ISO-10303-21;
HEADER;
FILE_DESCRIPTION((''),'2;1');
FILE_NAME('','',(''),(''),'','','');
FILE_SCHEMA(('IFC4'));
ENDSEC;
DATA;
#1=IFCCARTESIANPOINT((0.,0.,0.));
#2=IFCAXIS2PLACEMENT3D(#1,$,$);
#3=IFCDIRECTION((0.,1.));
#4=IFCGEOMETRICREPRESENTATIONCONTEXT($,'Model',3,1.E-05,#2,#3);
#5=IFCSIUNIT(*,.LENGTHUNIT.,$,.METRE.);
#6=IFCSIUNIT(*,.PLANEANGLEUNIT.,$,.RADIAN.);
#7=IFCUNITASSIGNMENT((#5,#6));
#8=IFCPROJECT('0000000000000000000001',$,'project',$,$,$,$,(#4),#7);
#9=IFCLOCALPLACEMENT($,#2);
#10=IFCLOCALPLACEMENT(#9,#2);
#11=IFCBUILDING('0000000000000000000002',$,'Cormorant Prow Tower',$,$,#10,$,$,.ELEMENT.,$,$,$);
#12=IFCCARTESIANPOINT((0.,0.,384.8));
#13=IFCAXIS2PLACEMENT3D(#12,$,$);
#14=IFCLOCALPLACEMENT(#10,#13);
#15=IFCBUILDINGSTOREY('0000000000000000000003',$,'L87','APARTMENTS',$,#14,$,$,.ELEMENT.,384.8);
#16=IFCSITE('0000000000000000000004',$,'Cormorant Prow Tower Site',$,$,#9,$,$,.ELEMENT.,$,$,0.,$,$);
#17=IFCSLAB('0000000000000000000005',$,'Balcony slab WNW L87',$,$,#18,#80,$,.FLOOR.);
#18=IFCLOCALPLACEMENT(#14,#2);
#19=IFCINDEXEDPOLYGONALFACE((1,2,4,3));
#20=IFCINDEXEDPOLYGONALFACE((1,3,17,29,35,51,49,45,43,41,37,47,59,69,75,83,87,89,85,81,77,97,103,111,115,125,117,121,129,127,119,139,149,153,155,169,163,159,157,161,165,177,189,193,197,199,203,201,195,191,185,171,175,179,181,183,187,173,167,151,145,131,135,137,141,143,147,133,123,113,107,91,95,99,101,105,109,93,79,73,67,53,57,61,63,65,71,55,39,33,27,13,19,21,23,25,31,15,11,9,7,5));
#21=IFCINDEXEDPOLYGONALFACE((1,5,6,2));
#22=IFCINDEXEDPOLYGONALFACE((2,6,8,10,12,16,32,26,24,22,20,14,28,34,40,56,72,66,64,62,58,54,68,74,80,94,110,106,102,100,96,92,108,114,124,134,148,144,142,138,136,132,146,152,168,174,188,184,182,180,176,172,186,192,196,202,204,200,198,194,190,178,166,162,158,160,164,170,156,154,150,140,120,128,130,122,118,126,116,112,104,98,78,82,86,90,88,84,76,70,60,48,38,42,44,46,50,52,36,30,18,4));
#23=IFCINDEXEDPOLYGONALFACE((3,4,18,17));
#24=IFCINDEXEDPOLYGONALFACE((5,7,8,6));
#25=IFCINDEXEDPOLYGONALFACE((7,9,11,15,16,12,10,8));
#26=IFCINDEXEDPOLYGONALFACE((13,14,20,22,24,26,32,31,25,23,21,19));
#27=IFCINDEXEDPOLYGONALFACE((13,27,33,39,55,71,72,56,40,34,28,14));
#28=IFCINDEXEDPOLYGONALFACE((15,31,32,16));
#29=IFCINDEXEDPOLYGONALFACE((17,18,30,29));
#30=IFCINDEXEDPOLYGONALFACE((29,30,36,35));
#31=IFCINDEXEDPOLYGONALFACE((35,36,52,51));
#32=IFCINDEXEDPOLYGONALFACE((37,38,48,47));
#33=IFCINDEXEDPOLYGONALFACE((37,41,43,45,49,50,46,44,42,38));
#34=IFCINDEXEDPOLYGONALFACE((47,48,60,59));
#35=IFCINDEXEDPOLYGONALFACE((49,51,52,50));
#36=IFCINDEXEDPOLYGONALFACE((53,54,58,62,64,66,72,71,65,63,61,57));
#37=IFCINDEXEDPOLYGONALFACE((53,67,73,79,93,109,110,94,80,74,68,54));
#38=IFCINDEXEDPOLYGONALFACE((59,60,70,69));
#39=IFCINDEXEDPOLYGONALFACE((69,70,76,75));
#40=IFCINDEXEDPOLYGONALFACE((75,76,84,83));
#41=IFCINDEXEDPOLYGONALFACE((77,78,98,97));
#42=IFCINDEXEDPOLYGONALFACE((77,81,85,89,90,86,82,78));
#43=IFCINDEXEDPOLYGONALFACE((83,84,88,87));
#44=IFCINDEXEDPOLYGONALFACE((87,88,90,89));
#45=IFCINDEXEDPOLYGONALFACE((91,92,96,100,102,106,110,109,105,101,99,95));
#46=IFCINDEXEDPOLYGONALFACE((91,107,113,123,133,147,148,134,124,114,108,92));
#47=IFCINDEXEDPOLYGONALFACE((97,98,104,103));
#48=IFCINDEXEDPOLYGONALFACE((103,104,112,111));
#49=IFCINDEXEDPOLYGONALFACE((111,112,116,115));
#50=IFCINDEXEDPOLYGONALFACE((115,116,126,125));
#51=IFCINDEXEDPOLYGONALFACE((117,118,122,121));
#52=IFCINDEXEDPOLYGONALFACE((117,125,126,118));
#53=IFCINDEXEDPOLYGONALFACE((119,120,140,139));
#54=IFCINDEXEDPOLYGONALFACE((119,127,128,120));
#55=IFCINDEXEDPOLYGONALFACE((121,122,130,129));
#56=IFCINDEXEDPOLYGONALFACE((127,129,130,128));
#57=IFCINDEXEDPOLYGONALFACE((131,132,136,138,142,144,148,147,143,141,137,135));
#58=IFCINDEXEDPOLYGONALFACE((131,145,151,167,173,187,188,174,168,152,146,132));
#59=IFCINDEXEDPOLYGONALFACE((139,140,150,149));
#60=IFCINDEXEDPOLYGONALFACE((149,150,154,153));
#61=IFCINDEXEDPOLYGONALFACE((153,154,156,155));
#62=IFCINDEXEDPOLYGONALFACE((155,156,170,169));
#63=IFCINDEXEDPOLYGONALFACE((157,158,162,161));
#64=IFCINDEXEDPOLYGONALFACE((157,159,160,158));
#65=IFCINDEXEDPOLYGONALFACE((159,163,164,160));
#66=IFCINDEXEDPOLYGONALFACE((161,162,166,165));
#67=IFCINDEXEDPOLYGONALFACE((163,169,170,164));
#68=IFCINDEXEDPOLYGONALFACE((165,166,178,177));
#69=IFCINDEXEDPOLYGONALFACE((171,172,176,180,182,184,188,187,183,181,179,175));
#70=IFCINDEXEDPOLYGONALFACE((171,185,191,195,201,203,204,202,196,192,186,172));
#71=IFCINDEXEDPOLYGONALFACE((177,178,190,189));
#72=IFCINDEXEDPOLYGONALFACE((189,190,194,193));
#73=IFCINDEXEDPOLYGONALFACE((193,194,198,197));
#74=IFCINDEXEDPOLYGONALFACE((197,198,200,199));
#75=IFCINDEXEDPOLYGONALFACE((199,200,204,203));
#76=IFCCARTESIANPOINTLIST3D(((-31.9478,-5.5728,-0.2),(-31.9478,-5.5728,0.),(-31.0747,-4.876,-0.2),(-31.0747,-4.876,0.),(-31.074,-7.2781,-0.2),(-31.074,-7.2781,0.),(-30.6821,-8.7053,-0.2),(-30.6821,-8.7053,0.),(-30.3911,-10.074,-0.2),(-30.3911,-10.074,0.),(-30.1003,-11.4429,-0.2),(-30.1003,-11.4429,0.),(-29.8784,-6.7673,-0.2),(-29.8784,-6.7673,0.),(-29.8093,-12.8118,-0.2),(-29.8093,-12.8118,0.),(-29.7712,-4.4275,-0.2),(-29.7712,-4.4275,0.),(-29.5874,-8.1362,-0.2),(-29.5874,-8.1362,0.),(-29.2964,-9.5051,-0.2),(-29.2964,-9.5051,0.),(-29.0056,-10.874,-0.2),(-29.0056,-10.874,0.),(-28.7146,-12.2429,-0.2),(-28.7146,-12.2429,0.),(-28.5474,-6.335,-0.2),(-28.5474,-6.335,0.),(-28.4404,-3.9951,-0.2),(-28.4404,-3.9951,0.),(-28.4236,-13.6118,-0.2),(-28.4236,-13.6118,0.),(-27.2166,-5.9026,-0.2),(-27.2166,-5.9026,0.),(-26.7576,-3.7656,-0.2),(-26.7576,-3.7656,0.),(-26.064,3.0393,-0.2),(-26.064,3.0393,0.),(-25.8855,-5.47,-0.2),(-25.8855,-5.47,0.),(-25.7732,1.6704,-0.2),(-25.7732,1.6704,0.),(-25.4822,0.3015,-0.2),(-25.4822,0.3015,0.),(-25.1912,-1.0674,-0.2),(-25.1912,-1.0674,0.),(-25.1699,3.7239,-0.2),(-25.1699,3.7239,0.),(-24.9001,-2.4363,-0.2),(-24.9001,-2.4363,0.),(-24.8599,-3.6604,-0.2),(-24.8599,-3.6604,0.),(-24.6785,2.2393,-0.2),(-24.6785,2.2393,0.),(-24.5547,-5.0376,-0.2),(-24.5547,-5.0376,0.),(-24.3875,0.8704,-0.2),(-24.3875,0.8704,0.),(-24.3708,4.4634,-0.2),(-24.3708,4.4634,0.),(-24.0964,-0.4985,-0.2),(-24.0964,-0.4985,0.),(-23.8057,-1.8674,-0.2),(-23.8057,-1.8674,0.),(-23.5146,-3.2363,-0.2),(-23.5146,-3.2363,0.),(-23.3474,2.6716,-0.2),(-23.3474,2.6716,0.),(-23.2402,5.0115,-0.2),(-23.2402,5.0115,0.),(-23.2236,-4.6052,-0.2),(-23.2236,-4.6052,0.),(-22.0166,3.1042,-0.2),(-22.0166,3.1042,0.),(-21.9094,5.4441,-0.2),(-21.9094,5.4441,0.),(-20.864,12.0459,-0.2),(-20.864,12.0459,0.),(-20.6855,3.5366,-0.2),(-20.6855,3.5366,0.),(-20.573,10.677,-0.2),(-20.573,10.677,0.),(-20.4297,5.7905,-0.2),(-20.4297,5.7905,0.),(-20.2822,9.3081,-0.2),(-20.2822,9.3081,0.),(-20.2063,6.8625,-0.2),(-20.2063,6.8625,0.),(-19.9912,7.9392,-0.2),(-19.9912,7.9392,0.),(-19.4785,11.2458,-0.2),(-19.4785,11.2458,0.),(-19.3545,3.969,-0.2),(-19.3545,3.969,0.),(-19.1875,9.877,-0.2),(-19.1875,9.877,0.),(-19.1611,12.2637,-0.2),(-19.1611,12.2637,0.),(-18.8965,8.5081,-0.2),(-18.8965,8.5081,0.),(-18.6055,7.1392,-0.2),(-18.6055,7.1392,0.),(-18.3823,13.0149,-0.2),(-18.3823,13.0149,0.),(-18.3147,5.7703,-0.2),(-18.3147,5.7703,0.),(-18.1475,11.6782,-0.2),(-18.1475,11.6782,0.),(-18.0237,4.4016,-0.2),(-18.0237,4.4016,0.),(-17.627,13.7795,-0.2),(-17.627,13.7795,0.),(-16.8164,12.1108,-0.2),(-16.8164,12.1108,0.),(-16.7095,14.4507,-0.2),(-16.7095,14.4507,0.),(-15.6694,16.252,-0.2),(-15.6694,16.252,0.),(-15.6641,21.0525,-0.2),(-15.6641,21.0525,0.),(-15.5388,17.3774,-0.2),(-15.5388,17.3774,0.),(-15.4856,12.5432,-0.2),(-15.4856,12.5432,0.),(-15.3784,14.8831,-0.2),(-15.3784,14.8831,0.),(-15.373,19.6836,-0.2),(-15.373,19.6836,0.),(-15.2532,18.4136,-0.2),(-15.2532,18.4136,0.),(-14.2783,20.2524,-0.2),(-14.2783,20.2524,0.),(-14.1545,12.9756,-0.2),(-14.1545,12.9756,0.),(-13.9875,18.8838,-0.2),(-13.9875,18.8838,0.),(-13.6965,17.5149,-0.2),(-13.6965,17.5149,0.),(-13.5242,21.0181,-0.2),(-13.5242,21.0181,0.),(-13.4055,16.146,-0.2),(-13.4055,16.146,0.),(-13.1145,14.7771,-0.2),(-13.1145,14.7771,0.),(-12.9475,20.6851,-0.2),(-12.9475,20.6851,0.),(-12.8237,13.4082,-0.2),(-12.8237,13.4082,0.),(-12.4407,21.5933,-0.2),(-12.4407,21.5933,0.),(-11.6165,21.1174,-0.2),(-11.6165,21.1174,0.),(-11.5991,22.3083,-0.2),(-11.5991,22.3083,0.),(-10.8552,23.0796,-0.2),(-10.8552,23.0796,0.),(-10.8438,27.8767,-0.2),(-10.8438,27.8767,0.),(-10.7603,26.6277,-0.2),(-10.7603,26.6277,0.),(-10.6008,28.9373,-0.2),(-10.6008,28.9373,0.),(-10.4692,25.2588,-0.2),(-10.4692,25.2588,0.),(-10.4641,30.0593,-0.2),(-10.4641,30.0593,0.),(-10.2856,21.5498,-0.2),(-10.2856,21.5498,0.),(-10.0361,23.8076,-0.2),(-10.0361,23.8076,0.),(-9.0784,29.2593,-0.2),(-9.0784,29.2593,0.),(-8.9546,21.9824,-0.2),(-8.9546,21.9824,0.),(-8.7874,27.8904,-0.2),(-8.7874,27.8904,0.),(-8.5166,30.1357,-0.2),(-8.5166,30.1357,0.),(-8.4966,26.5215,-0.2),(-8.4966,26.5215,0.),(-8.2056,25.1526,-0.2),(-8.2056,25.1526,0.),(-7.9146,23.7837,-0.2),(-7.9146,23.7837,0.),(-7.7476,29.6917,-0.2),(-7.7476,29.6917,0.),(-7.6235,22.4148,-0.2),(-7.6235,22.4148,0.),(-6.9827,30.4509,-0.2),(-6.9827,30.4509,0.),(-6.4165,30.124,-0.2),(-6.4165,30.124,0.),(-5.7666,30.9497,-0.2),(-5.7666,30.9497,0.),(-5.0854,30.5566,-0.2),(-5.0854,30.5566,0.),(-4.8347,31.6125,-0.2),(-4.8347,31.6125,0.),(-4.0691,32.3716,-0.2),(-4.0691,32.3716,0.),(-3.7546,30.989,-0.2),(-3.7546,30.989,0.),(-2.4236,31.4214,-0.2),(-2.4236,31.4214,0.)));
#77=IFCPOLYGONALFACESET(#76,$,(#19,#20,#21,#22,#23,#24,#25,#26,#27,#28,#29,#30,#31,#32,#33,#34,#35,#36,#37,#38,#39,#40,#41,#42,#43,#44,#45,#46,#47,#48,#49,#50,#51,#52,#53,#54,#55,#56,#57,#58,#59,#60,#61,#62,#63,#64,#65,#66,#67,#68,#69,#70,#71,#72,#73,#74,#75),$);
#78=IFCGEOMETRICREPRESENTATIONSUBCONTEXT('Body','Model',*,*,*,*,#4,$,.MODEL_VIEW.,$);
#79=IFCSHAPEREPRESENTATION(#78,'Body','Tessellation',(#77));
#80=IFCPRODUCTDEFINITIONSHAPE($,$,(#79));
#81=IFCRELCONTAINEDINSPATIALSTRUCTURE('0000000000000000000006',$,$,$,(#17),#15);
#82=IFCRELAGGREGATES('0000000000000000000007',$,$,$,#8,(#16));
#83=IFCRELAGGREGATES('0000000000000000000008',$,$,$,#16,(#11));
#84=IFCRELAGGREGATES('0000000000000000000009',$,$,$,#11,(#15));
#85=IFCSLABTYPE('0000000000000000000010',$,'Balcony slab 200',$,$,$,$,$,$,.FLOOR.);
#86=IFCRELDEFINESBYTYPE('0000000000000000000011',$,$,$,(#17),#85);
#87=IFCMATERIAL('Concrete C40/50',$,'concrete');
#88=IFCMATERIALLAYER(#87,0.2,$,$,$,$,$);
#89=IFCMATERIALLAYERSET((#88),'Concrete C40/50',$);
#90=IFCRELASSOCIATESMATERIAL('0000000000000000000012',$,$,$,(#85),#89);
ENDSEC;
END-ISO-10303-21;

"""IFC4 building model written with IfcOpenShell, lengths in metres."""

from ifc_helpers import new_model, si_unit, direction, frame, origin, place, context, subcontext, project, spatial, polyline, outline, extrude, material, layer, layer_set, type_object, element, save


model = new_model("IFC4")

# Units and contexts
model_context = context("Model", 3, precision=1e-05, world=origin(), true_north=direction((0.0, 1.0)))
body_context = subcontext(model_context, "Body", "Model", "MODEL_VIEW")
ifc_project = project(units=[si_unit("LENGTHUNIT", "METRE"), si_unit("PLANEANGLEUNIT", "RADIAN")], contexts=[model_context])

# Site, building, storey
site_placement = place(None, origin())
site = spatial("IfcSite", under=ifc_project, at=site_placement, Name="Cormorant Prow Tower Site", CompositionType="ELEMENT", RefElevation=0.0)
building_placement = place(site_placement, origin())
building = spatial("IfcBuilding", under=site, at=building_placement, Name="Cormorant Prow Tower", CompositionType="ELEMENT")
storey_placement = place(building_placement, frame((0.0, 0.0, 384.8)))
storey = spatial("IfcBuildingStorey", under=building, at=storey_placement, Name="L87", Description="APARTMENTS", CompositionType="ELEMENT", Elevation=384.8)

# Slab
ifc_material_1 = material(Name="Concrete C40/50", Category="concrete")
ifc_layer_1 = layer(ifc_material_1, 0.2)
ifc_layer_set_1 = layer_set([ifc_layer_1], Name="Concrete C40/50")
slab_type_1 = type_object("IfcSlabType", Name="Balcony slab 200", PredefinedType="FLOOR", material=ifc_layer_set_1)
slab_1_placement = place(storey_placement, frame((0.0, 0.0, -0.2)))
element("IfcSlab", 1, at=slab_1_placement, inside=storey, type_object=slab_type_1, Name="Balcony slab WNW L87", PredefinedType="FLOOR", context=body_context, shape_type="SweptSolid", body=[
    extrude(outline(polyline([(-2.4236, 31.4214), (-4.0691, 32.3716), (-4.8347, 31.6125), (-5.7666, 30.9497), (-6.9827, 30.4509), (-8.5166, 30.1357), (-10.4641, 30.0593), (-10.6008, 28.9373), (-10.8438, 27.8767), (-10.7603, 26.6277), (-10.4692, 25.2588), (-10.0361, 23.8076), (-10.8552, 23.0796), (-11.5991, 22.3083), (-12.4407, 21.5933), (-13.5242, 21.0181), (-15.6641, 21.0525), (-15.373, 19.6836), (-15.2532, 18.4136), (-15.5388, 17.3774), (-15.6694, 16.252), (-15.3784, 14.8831), (-16.7095, 14.4507), (-17.627, 13.7795), (-18.3823, 13.0149), (-19.1611, 12.2637), (-20.864, 12.0459), (-20.573, 10.677), (-20.2822, 9.3081), (-19.9912, 7.9392), (-20.2063, 6.8625), (-20.4297, 5.7905), (-21.9094, 5.4441), (-23.2402, 5.0115), (-24.3708, 4.4634), (-25.1699, 3.7239), (-26.064, 3.0393), (-25.7732, 1.6704), (-25.4822, 0.3015), (-25.1912, -1.0674), (-24.9001, -2.4363), (-24.8599, -3.6604), (-26.7576, -3.7656), (-28.4404, -3.9951), (-29.7712, -4.4275), (-31.0747, -4.876), (-31.9478, -5.5728), (-31.074, -7.2781), (-30.6821, -8.7053), (-30.3911, -10.074), (-30.1003, -11.4429), (-29.8093, -12.8118), (-28.4236, -13.6118), (-28.7146, -12.2429), (-29.0056, -10.874), (-29.2964, -9.5051), (-29.5874, -8.1362), (-29.8784, -6.7673), (-28.5474, -6.335), (-27.2166, -5.9026), (-25.8855, -5.47), (-24.5547, -5.0376), (-23.2236, -4.6052), (-23.5146, -3.2363), (-23.8057, -1.8674), (-24.0964, -0.4985), (-24.3875, 0.8704), (-24.6785, 2.2393), (-23.3474, 2.6716), (-22.0166, 3.1042), (-20.6855, 3.5366), (-19.3545, 3.969), (-18.0237, 4.4016), (-18.3147, 5.7703), (-18.6055, 7.1392), (-18.8965, 8.5081), (-19.1875, 9.877), (-19.4785, 11.2458), (-18.1475, 11.6782), (-16.8164, 12.1108), (-15.4856, 12.5432), (-14.1545, 12.9756), (-12.8237, 13.4082), (-13.1145, 14.7771), (-13.4055, 16.146), (-13.6965, 17.5149), (-13.9875, 18.8838), (-14.2783, 20.2524), (-12.9475, 20.6851), (-11.6165, 21.1174), (-10.2856, 21.5498), (-8.9546, 21.9824), (-7.6235, 22.4148), (-7.9146, 23.7837), (-8.2056, 25.1526), (-8.4966, 26.5215), (-8.7874, 27.8904), (-9.0784, 29.2593), (-7.7476, 29.6917), (-6.4165, 30.124), (-5.0854, 30.5566), (-3.7546, 30.989), (-2.4236, 31.4214)])), origin(), (0.0, 0.0, 1.0), 0.2),
])

save(model, "model.ifc")
